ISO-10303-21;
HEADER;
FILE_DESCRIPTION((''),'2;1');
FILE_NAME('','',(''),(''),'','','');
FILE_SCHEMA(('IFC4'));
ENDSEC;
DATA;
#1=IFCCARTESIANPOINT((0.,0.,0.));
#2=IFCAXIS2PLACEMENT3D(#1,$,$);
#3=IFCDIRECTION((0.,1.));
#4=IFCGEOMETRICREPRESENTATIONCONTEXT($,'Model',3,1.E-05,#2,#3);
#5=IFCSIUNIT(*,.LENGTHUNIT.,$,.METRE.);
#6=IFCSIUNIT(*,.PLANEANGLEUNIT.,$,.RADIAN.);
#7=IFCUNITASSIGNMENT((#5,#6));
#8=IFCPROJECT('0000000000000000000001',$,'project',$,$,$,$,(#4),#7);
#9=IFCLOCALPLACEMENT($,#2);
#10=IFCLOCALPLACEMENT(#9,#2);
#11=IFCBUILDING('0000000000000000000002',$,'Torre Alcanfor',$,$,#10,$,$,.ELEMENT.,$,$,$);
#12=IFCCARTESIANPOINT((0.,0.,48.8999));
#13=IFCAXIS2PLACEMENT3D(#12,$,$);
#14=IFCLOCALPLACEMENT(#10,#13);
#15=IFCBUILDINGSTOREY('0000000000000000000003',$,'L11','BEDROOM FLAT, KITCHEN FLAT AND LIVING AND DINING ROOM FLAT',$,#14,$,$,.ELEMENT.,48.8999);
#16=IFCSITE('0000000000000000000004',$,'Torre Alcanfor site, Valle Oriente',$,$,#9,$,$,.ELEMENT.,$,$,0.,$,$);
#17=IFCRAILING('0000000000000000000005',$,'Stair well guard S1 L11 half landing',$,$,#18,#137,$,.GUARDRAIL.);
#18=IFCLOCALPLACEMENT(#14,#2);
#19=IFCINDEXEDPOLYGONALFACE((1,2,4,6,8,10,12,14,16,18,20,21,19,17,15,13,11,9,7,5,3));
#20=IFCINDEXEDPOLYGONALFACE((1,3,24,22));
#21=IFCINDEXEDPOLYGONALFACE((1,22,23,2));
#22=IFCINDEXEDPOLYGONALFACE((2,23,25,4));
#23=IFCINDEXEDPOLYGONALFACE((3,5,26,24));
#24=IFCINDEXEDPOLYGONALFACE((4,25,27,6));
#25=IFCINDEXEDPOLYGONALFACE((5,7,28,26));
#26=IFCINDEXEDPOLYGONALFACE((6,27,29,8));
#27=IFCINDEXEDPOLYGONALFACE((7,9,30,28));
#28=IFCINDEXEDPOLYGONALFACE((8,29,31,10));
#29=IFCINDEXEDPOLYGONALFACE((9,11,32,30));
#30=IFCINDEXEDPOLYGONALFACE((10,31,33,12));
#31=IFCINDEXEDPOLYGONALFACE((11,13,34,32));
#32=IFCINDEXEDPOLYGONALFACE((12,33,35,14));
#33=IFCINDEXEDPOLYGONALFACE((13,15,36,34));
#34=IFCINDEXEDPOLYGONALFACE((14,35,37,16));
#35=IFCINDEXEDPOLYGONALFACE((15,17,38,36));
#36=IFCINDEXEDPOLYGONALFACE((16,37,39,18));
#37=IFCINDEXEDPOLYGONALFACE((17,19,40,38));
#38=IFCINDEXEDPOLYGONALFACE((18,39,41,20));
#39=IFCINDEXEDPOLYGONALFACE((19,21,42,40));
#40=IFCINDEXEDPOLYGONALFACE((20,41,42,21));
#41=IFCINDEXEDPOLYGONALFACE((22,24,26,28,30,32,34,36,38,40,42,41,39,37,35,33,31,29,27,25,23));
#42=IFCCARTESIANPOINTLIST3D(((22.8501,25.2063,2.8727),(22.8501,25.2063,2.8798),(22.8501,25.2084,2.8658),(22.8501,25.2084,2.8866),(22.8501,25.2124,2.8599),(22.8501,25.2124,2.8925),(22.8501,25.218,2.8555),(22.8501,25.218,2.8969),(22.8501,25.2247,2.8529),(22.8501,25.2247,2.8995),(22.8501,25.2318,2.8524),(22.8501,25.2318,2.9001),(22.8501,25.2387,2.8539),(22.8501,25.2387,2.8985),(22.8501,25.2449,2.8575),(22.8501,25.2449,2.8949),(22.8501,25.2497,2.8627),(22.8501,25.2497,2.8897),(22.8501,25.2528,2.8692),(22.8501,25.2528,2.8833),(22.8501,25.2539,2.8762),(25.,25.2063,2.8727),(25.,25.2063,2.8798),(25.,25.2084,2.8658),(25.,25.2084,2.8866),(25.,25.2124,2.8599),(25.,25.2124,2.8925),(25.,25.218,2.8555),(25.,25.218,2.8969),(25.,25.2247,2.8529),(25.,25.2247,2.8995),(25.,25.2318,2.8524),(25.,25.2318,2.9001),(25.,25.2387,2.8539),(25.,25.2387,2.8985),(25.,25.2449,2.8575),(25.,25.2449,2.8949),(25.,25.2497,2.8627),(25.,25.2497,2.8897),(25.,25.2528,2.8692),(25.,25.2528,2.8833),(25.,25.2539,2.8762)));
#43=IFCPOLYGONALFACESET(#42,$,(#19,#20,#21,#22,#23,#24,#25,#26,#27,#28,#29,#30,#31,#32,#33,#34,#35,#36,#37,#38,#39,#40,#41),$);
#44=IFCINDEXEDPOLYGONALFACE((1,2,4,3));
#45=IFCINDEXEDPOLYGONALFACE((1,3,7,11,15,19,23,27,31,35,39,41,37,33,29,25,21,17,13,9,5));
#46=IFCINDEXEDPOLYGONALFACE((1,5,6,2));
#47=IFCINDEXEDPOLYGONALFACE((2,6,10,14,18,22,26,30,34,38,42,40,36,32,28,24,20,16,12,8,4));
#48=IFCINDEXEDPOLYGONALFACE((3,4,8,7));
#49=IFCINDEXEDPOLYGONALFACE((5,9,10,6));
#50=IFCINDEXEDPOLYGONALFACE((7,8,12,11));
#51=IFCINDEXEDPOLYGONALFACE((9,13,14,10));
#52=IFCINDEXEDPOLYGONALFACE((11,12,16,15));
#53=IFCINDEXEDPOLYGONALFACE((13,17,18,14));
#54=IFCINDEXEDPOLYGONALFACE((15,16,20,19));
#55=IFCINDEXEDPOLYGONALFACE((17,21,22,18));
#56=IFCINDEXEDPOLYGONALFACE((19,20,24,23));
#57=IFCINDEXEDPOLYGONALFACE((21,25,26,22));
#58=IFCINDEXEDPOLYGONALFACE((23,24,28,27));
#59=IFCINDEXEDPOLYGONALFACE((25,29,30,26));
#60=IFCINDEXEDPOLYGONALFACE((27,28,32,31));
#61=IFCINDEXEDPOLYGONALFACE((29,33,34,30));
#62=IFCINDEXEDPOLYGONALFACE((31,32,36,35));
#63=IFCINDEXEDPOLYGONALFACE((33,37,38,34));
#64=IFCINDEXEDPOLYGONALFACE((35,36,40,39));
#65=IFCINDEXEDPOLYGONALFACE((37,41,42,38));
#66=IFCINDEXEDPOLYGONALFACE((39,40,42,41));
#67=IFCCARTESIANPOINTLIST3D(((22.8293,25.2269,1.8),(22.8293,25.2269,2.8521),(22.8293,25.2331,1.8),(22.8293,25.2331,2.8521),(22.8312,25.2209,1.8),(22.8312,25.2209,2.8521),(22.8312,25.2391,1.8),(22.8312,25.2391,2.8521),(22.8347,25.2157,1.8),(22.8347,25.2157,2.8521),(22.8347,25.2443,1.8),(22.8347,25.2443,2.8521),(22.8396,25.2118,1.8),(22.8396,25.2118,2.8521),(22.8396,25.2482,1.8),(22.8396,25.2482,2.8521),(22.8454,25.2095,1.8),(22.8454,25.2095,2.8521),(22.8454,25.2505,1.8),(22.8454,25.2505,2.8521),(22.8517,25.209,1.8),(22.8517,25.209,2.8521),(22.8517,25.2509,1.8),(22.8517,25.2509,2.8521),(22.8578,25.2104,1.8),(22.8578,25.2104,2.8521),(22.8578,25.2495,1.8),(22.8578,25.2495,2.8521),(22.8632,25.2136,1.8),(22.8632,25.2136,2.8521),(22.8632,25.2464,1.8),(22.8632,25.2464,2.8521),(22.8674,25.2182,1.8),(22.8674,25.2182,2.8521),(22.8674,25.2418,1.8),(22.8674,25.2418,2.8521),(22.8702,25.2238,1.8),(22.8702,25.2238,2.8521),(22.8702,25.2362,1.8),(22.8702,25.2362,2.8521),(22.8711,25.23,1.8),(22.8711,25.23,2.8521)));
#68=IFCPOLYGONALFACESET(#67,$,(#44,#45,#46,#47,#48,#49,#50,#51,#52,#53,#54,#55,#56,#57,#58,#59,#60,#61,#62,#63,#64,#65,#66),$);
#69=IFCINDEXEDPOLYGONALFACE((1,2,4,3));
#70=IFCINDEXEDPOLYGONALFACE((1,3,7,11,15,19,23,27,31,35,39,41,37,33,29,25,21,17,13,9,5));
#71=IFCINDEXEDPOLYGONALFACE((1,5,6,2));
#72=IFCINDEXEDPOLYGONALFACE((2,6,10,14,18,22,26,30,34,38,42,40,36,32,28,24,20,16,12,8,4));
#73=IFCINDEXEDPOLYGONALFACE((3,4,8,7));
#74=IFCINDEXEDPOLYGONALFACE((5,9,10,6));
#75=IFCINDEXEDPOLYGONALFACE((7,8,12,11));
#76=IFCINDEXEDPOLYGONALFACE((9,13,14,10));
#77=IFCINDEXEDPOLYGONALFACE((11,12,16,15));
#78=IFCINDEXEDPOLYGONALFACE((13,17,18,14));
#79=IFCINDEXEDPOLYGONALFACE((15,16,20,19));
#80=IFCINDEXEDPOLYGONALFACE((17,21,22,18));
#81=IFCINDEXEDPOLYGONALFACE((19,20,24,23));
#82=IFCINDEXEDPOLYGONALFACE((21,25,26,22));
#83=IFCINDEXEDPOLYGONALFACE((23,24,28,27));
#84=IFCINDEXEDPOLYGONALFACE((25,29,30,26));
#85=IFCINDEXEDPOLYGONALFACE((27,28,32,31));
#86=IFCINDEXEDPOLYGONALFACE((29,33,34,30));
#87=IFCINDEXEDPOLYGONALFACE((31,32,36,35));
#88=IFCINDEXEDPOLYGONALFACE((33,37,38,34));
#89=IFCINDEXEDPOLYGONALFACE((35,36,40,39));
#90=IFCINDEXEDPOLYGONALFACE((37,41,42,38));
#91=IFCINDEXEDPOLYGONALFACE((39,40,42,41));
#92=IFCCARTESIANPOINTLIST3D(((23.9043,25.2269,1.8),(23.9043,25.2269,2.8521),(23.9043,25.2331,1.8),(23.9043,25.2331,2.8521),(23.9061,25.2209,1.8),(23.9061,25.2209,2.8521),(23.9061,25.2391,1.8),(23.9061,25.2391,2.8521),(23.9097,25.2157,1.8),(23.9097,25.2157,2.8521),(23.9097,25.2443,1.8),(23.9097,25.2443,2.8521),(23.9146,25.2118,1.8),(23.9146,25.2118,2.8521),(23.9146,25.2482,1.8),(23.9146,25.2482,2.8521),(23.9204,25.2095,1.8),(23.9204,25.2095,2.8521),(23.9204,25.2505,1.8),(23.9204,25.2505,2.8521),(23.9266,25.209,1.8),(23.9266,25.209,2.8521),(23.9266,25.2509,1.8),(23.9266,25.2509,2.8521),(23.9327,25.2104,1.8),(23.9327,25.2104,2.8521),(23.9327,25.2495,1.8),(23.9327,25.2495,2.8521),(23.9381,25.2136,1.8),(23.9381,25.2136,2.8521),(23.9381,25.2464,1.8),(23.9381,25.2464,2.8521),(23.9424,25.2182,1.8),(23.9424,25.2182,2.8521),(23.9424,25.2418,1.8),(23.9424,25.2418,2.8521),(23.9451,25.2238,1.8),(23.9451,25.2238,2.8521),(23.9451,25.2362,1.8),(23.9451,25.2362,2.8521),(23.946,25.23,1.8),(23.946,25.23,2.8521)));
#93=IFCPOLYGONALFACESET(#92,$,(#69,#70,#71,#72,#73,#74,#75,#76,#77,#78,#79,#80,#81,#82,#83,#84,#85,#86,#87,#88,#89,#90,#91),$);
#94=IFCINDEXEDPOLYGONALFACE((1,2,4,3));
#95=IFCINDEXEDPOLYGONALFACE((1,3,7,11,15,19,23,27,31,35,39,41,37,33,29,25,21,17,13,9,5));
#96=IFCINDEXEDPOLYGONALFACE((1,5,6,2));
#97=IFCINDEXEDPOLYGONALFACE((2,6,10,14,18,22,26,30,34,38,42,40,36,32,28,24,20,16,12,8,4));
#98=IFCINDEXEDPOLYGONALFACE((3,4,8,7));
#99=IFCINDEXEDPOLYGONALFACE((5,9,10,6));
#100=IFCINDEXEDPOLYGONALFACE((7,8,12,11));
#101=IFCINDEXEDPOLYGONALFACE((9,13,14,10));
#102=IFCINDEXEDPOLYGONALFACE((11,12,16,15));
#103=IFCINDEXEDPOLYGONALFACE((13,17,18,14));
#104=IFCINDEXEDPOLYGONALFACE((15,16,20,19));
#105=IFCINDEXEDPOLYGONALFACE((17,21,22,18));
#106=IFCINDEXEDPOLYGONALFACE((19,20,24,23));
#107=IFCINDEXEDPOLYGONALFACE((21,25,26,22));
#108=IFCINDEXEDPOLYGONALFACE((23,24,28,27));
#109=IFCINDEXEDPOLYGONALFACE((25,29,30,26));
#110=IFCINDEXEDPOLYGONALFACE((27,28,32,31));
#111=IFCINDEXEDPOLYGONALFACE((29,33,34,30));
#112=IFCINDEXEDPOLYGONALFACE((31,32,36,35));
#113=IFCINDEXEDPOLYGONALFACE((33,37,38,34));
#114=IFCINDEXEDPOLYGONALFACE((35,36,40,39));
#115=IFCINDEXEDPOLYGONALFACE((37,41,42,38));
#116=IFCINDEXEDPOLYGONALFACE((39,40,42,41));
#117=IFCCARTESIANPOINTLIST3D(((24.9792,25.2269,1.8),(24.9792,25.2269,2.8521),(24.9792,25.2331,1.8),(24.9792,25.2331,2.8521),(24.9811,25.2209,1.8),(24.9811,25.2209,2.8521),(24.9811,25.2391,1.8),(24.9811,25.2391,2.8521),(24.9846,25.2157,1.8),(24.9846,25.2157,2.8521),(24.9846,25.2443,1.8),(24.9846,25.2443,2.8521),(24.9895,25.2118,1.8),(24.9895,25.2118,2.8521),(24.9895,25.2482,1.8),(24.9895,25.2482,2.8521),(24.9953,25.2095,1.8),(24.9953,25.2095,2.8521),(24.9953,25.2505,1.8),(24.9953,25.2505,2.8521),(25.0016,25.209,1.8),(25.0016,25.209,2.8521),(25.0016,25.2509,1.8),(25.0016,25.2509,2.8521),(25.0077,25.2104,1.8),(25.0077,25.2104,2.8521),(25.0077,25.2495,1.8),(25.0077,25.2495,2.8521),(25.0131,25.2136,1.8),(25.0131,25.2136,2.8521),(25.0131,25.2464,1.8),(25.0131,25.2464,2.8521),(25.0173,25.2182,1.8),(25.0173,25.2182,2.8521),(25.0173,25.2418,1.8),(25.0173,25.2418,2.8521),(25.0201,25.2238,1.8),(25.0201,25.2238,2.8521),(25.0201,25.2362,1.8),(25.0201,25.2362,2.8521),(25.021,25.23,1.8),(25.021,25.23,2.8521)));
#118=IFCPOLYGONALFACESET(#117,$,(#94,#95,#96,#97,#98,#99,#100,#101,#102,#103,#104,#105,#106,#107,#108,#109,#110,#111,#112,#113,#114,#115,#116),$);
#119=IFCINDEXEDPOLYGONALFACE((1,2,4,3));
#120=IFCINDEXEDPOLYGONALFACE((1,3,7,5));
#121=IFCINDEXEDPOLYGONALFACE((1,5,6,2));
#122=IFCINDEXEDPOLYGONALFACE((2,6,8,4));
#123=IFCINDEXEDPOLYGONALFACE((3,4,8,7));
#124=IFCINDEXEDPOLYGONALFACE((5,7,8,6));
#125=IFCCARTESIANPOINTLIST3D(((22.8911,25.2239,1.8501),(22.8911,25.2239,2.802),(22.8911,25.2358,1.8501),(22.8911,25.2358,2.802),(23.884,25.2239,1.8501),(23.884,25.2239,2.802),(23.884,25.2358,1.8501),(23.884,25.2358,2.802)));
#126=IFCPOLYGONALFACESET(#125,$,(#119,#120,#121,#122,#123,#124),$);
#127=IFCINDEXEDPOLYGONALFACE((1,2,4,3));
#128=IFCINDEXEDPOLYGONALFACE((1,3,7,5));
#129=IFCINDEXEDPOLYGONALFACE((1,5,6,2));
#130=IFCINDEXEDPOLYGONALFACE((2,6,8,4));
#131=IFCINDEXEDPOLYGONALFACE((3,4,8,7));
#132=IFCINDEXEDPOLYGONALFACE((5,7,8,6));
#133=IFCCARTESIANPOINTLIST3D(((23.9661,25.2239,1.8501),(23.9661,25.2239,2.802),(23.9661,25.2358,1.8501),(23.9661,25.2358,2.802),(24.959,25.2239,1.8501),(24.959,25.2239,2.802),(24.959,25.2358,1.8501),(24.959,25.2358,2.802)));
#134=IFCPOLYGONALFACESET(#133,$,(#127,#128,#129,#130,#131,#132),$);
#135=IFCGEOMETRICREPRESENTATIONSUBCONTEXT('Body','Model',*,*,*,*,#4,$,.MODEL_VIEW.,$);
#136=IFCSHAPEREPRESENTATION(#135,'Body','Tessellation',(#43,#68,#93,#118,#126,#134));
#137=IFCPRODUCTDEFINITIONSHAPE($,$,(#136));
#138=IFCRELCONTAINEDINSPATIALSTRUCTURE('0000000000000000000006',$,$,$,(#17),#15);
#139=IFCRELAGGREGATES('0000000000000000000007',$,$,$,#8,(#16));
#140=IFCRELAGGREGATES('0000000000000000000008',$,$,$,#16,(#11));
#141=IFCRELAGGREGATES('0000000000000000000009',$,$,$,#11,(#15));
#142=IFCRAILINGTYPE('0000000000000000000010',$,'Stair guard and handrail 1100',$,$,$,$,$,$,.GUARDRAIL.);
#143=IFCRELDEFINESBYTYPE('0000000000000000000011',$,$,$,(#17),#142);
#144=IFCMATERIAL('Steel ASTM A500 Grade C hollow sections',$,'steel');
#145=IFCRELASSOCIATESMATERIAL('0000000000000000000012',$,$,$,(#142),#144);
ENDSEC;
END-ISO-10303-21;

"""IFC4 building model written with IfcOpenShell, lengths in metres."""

from ifc_helpers import new_model, si_unit, direction, frame, origin, origin_2d, place, context, subcontext, project, spatial, polyline, circle, outline, extrude, material, type_object, element, save


model = new_model("IFC4")

# Units and contexts
model_context = context("Model", 3, precision=1e-05, world=origin(), true_north=direction((0.0, 1.0)))
body_context = subcontext(model_context, "Body", "Model", "MODEL_VIEW")
ifc_project = project(units=[si_unit("LENGTHUNIT", "METRE"), si_unit("PLANEANGLEUNIT", "RADIAN")], contexts=[model_context])

# Site, building, storey
site_placement = place(None, origin())
site = spatial("IfcSite", under=ifc_project, at=site_placement, Name="Torre Alcanfor site, Valle Oriente", CompositionType="ELEMENT", RefElevation=0.0)
building_placement = place(site_placement, origin())
building = spatial("IfcBuilding", under=site, at=building_placement, Name="Torre Alcanfor", CompositionType="ELEMENT")
storey_placement = place(building_placement, frame((0.0, 0.0, 48.8999)))
storey = spatial("IfcBuildingStorey", under=building, at=storey_placement, Name="L11", Description="BEDROOM FLAT, KITCHEN FLAT AND LIVING AND DINING ROOM FLAT", CompositionType="ELEMENT", Elevation=48.8999)

# Railing
ifc_material_1 = material(Name="Steel ASTM A500 Grade C hollow sections", Category="steel")
railing_type_1 = type_object("IfcRailingType", Name="Stair guard and handrail 1100", PredefinedType="GUARDRAIL", material=ifc_material_1)
railing_1_placement = place(storey_placement, frame((22.8501, 25.23, 1.8)))
element("IfcRailing", 1, at=railing_1_placement, inside=storey, type_object=railing_type_1, Name="Stair well guard S1 L11 half landing", PredefinedType="GUARDRAIL", context=body_context, shape_type="SweptSolid", body=[
    extrude(circle(Radius=0.0239, at=origin_2d()), frame((0.0, 0.0, 1.0762), z_axis=(1.0, 0.0, 0.0), x_axis=(0.0, 1.0, 0.0)), (0.0, 0.0, 1.0), 2.1499),
    extrude(circle(Radius=0.021, at=origin_2d()), origin(), (0.0, 0.0, 1.0), 1.052),
    extrude(circle(Radius=0.021, at=origin_2d()), frame((1.075, 0.0, 0.0)), (0.0, 0.0, 1.0), 1.052),
    extrude(circle(Radius=0.021, at=origin_2d()), frame((2.1499, 0.0, 0.0)), (0.0, 0.0, 1.0), 1.052),
    extrude(outline(polyline([(0.041, 0.05), (1.0339, 0.05), (1.0339, 1.002), (0.041, 1.002), (0.041, 0.05)])), frame((0.0, 0.0059, 0.0), z_axis=(0.0, -1.0, 0.0), x_axis=(1.0, 0.0, 0.0)), (0.0, 0.0, 1.0), 0.012),
    extrude(outline(polyline([(1.116, 0.05), (2.1089, 0.05), (2.1089, 1.002), (1.116, 1.002), (1.116, 0.05)])), frame((0.0, 0.0059, 0.0), z_axis=(0.0, -1.0, 0.0), x_axis=(1.0, 0.0, 0.0)), (0.0, 0.0, 1.0), 0.012),
])

save(model, "model.ifc")
